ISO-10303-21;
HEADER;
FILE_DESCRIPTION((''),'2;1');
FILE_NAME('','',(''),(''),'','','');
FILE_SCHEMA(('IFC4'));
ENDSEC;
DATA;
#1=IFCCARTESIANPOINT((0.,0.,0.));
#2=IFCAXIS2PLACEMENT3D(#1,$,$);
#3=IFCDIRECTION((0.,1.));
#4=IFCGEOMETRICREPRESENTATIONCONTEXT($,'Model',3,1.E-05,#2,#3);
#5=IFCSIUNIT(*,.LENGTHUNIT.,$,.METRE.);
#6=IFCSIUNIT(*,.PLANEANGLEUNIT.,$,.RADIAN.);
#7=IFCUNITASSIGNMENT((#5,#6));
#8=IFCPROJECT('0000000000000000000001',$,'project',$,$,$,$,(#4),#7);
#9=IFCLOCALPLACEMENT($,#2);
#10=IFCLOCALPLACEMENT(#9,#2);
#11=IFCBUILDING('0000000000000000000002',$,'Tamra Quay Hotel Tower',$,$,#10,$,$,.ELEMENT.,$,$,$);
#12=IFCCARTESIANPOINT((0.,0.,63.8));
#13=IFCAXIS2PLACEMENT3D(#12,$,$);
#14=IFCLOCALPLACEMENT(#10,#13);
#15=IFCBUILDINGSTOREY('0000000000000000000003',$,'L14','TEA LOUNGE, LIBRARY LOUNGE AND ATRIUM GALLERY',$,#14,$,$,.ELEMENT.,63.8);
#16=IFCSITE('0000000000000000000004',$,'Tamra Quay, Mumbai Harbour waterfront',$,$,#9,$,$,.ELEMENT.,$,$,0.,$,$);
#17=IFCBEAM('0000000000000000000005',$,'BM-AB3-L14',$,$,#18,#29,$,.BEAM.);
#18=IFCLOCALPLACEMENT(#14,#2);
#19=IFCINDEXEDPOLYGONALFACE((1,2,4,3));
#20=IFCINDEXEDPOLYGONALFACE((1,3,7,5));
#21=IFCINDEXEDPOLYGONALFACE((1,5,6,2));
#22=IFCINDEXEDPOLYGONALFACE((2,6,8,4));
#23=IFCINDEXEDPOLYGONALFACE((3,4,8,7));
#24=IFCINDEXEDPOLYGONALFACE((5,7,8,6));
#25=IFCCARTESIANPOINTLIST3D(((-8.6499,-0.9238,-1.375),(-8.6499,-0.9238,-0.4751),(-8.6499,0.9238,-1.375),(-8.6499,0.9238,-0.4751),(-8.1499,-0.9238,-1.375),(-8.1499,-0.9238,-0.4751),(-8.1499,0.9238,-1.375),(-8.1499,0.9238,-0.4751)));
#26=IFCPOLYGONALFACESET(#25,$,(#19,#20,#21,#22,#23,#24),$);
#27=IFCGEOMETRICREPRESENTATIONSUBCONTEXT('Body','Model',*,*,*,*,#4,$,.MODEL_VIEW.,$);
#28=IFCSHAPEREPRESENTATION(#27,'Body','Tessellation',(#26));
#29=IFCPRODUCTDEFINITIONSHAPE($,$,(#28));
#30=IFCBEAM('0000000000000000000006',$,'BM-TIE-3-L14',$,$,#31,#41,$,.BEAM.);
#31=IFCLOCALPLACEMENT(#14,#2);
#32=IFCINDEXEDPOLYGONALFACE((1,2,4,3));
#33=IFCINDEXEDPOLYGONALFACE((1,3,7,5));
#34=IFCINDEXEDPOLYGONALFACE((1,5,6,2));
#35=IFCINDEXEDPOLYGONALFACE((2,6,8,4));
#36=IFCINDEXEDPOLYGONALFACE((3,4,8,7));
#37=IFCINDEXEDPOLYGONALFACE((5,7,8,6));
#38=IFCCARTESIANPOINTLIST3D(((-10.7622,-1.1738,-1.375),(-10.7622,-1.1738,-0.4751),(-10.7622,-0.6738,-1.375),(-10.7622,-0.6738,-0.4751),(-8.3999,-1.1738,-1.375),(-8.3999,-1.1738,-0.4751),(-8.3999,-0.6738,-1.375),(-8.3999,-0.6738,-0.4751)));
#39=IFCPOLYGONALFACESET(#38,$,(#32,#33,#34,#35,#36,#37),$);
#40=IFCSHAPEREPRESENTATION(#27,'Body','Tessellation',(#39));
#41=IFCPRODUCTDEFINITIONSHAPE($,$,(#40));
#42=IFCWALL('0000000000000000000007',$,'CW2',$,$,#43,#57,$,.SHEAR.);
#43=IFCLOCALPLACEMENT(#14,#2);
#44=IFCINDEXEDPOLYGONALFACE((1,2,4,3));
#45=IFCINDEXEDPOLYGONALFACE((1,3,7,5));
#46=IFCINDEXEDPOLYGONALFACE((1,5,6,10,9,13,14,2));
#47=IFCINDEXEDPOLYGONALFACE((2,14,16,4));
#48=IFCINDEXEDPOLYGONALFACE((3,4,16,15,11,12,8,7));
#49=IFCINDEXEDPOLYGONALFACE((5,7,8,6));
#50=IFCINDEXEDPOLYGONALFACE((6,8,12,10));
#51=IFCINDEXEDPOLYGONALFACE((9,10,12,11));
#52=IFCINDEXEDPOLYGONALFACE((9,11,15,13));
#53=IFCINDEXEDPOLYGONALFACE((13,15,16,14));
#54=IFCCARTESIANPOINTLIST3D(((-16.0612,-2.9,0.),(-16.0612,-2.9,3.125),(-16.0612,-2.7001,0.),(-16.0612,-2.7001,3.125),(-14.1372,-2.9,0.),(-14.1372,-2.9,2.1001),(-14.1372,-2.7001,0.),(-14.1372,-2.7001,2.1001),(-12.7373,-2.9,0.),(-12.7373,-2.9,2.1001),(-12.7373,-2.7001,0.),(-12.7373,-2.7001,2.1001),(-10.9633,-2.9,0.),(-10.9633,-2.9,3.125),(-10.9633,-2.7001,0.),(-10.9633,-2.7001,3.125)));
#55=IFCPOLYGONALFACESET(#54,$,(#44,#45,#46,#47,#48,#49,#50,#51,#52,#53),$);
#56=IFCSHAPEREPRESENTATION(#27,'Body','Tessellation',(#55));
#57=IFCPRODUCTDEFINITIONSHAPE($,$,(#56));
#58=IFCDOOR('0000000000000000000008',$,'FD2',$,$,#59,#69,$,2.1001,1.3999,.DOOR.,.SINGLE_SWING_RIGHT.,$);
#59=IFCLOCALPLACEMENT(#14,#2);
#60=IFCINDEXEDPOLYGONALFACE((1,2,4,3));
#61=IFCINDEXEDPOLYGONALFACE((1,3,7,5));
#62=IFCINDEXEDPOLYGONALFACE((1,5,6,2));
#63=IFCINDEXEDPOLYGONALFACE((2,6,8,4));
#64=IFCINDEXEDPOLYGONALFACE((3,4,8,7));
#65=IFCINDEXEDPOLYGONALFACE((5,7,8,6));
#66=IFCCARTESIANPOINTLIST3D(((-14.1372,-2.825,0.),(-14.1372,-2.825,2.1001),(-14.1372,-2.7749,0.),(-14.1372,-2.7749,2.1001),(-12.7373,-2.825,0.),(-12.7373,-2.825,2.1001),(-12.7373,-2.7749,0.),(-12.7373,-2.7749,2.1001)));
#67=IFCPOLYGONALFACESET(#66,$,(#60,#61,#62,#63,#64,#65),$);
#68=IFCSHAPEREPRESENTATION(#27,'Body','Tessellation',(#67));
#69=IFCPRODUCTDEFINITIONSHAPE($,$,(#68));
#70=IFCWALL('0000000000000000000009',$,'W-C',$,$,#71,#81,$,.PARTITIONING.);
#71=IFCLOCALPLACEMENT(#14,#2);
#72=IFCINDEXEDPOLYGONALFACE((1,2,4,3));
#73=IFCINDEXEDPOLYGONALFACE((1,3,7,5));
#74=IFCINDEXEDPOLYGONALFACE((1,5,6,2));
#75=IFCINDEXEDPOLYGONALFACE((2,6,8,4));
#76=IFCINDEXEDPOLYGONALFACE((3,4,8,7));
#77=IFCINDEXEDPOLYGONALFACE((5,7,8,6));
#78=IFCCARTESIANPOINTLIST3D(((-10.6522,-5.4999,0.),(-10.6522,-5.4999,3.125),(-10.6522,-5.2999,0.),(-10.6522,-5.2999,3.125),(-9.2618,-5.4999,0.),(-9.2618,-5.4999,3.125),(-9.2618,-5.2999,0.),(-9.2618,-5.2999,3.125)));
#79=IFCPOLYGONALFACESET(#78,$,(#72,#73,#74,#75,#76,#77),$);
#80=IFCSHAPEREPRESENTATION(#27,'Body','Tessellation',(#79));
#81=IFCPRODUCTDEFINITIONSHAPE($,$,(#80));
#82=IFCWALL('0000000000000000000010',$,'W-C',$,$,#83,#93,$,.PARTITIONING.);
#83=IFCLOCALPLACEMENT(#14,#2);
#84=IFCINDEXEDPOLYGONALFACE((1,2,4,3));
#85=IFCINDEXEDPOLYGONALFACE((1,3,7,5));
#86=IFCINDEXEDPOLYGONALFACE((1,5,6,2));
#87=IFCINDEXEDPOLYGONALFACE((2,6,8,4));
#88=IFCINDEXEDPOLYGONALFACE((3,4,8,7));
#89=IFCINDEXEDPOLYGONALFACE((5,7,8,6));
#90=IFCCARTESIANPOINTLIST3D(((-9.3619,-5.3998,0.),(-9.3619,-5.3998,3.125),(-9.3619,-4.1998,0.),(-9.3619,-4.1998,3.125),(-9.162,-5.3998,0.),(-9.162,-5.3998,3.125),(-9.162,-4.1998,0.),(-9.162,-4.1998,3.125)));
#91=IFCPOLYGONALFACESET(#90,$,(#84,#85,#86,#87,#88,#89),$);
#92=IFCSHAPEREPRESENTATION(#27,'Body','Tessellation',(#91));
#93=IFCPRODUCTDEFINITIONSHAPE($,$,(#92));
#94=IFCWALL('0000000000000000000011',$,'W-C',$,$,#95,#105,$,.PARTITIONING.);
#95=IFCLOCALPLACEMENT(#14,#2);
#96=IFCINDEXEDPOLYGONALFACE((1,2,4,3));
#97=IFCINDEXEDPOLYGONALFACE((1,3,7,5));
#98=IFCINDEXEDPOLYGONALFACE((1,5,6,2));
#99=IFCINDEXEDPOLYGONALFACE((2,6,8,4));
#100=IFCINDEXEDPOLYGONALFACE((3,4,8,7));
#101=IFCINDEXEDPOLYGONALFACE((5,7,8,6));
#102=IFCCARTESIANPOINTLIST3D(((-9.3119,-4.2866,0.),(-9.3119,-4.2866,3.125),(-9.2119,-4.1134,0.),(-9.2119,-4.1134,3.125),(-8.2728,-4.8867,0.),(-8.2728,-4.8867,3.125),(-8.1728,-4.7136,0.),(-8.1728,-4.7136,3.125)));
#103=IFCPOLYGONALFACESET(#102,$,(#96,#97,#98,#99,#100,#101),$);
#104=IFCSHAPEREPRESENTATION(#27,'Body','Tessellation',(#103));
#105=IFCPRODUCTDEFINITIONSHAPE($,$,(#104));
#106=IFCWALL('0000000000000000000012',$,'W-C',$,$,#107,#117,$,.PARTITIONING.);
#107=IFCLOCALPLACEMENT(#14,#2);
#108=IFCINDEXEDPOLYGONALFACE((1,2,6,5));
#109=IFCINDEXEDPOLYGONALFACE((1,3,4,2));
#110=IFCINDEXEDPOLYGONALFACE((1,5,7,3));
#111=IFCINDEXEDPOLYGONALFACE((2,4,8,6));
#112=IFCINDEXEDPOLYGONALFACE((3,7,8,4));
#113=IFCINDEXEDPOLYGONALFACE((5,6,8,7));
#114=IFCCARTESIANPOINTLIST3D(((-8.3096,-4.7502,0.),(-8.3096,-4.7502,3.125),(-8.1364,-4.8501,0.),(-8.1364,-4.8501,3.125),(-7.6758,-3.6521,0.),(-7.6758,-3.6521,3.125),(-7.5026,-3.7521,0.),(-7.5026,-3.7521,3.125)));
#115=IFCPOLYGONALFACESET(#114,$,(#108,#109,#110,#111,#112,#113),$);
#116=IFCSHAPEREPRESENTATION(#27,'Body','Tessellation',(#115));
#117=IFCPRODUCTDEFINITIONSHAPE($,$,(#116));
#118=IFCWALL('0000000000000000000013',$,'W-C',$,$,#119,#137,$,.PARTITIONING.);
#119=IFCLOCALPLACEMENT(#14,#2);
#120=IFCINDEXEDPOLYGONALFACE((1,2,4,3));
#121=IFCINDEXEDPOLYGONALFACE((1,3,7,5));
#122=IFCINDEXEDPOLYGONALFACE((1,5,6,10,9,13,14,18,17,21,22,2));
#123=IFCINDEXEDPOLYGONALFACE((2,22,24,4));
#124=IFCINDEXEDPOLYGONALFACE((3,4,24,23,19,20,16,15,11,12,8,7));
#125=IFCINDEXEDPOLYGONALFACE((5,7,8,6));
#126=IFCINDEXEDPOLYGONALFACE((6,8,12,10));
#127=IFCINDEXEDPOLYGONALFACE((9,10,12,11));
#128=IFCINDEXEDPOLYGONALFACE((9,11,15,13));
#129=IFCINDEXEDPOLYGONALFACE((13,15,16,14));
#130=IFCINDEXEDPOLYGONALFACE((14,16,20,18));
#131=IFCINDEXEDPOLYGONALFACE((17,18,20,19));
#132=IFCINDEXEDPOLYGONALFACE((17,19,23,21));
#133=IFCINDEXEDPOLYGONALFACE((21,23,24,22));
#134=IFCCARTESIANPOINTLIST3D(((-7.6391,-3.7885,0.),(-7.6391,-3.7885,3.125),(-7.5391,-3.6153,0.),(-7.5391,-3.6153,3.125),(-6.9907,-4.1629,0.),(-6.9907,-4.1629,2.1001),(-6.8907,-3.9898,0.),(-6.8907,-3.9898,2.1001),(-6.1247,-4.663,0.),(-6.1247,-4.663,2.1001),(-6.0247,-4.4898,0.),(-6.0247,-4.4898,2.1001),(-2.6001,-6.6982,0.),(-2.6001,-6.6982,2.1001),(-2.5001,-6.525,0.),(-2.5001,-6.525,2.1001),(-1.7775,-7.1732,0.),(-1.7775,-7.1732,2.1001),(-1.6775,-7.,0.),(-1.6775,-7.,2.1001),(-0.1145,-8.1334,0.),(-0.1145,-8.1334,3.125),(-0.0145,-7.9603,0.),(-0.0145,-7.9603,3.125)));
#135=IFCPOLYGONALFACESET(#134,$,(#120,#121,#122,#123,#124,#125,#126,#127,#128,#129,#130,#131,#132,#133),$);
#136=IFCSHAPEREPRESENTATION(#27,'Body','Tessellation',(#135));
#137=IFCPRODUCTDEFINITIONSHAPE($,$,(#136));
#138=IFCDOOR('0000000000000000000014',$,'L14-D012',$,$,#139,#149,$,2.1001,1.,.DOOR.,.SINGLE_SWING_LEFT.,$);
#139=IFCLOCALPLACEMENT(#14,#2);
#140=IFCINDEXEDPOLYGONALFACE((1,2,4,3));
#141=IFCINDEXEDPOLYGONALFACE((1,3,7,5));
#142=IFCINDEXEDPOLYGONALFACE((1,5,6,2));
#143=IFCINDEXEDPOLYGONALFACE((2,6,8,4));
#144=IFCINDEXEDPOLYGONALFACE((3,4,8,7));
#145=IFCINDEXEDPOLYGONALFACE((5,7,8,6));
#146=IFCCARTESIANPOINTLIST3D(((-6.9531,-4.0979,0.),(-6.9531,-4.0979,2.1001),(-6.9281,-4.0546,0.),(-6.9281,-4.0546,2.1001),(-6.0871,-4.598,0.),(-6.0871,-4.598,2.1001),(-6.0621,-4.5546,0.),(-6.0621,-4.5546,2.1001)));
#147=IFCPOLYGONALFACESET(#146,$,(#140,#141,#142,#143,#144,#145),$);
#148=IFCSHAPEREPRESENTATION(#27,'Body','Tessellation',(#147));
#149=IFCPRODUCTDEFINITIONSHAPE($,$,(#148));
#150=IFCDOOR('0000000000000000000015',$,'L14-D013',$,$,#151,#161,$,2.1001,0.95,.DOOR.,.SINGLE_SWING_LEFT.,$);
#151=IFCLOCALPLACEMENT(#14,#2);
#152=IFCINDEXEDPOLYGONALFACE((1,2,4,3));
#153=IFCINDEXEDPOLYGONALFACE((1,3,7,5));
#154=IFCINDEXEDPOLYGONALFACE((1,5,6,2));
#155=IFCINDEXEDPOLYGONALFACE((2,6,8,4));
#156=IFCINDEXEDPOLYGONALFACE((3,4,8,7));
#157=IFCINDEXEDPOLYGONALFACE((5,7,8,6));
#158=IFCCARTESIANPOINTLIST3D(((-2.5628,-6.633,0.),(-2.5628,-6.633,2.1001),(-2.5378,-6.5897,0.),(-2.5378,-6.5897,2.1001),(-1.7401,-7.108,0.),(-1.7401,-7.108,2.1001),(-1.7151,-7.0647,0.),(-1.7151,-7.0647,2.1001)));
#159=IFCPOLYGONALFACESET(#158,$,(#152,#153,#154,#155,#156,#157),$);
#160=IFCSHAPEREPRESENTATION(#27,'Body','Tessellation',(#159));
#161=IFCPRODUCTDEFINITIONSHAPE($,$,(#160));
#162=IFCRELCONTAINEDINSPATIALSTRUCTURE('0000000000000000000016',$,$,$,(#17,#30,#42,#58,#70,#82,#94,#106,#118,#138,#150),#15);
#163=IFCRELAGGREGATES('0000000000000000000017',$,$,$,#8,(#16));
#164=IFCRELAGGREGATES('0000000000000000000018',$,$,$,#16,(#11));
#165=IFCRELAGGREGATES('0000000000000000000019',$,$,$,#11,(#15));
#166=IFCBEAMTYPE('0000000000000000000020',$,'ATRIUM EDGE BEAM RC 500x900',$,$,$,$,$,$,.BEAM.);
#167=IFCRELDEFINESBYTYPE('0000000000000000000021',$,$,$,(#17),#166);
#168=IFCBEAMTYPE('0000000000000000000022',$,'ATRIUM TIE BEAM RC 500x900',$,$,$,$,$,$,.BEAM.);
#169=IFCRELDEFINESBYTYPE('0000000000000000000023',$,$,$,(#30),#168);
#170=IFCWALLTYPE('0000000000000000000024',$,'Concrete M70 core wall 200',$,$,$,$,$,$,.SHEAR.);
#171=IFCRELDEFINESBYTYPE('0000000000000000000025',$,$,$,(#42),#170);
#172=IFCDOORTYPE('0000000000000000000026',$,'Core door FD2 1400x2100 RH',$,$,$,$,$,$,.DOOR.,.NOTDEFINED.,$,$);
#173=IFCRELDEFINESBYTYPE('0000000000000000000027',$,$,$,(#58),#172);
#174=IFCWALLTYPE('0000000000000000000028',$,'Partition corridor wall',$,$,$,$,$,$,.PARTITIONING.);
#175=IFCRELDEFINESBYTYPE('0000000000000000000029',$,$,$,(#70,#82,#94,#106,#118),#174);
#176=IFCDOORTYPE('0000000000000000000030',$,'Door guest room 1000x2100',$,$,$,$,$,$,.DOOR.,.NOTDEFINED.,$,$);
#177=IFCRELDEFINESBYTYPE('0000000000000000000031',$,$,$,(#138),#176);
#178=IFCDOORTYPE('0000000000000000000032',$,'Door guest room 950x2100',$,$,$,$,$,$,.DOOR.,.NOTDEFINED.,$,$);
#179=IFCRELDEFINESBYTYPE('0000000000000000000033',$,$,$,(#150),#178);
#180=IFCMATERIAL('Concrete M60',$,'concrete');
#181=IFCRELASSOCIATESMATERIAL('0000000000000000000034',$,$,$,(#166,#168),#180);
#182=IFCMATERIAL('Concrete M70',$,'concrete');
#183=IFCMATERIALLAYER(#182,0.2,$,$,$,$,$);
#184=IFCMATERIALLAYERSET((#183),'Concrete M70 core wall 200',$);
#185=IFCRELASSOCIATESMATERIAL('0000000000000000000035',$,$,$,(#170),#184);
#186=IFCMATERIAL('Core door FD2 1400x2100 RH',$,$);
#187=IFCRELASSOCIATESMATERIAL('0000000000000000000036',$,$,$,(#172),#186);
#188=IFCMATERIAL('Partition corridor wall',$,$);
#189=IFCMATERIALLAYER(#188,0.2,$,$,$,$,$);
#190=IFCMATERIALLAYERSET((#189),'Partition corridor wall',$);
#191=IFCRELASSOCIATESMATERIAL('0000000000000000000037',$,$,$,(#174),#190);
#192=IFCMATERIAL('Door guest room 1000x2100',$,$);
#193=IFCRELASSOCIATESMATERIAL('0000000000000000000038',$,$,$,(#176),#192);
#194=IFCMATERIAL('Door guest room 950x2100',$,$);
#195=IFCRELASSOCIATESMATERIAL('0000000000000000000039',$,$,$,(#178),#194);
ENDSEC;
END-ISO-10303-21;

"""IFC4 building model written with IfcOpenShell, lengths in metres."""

from ifc_helpers import new_model, si_unit, direction, frame, frame_2d, origin, origin_2d, place, context, subcontext, project, spatial, rectangle, extrude, material, layer, layer_set, material_profile, profile_set, type_object, element, fill, save


model = new_model("IFC4")

# Units and contexts
model_context = context("Model", 3, precision=1e-05, world=origin(), true_north=direction((0.0, 1.0)))
body_context = subcontext(model_context, "Body", "Model", "MODEL_VIEW")
ifc_project = project(units=[si_unit("LENGTHUNIT", "METRE"), si_unit("PLANEANGLEUNIT", "RADIAN")], contexts=[model_context])

# Site, building, storey
site_placement = place(None, origin())
site = spatial("IfcSite", under=ifc_project, at=site_placement, Name="Tamra Quay, Mumbai Harbour waterfront", CompositionType="ELEMENT", RefElevation=0.0)
building_placement = place(site_placement, origin())
building = spatial("IfcBuilding", under=site, at=building_placement, Name="Tamra Quay Hotel Tower", CompositionType="ELEMENT")
storey_placement = place(building_placement, frame((0.0, 0.0, 63.8)))
storey = spatial("IfcBuildingStorey", under=building, at=storey_placement, Name="L14", Description="TEA LOUNGE, LIBRARY LOUNGE AND ATRIUM GALLERY", CompositionType="ELEMENT", Elevation=63.8)

# Beams
ifc_material_1 = material(Name="Concrete M60", Category="concrete")
ifc_material_profile_1 = material_profile(ifc_material_1, rectangle(XDim=0.5, YDim=0.8999, at=origin_2d()), Name="ATRIUM EDGE BEAM RC 500x900")
ifc_profile_set_1 = profile_set([ifc_material_profile_1], Name="Concrete M60")
beam_type_1 = type_object("IfcBeamType", Name="ATRIUM EDGE BEAM RC 500x900", PredefinedType="BEAM", material=ifc_profile_set_1)
beam_1_placement = place(storey_placement, frame((-8.3999, -0.9238, -0.925), z_axis=(0.0, 1.0, 0.0), x_axis=(-1.0, 0.0, 0.0)))
element("IfcBeam", 1, at=beam_1_placement, inside=storey, type_object=beam_type_1, Name="BM-AB3-L14", PredefinedType="BEAM", context=body_context, shape_type="SweptSolid", body=[
    extrude(rectangle(XDim=0.5, YDim=0.8999, at=origin_2d()), origin(), (0.0, 0.0, 1.0), 1.8477),
])
ifc_material_profile_2 = material_profile(ifc_material_1, rectangle(XDim=0.5, YDim=0.8999, at=origin_2d()), Name="ATRIUM TIE BEAM RC 500x900")
ifc_profile_set_2 = profile_set([ifc_material_profile_2], Name="Concrete M60")
beam_type_2 = type_object("IfcBeamType", Name="ATRIUM TIE BEAM RC 500x900", PredefinedType="BEAM", material=ifc_profile_set_2)
beam_2_placement = place(storey_placement, frame((-8.3999, -0.9238, -0.925), z_axis=(-1.0, 0.0, 0.0), x_axis=(0.0, -1.0, 0.0)))
element("IfcBeam", 2, at=beam_2_placement, inside=storey, type_object=beam_type_2, Name="BM-TIE-3-L14", PredefinedType="BEAM", context=body_context, shape_type="SweptSolid", body=[
    extrude(rectangle(XDim=0.5, YDim=0.8999, at=origin_2d()), origin(), (0.0, 0.0, 1.0), 2.3623),
])

# Wall, opening, door
ifc_material_2 = material(Name="Concrete M70", Category="concrete")
ifc_layer_1 = layer(ifc_material_2, 0.2)
ifc_layer_set_1 = layer_set([ifc_layer_1], Name="Concrete M70 core wall 200")
wall_type_1 = type_object("IfcWallType", Name="Concrete M70 core wall 200", PredefinedType="SHEAR", material=ifc_layer_set_1)
wall_1_placement = place(storey_placement, frame((-10.9634, -2.8, 0.0), z_axis=(0.0, 0.0, 1.0), x_axis=(-1.0, 0.0, 0.0)))
wall_1 = element("IfcWall", 3, at=wall_1_placement, inside=storey, type_object=wall_type_1, Name="CW2", PredefinedType="SHEAR", context=body_context, shape_type="SweptSolid", body=[
    extrude(rectangle(XDim=5.0979, YDim=0.2, at=frame_2d((2.5488, 0.0))), origin(), (0.0, 0.0, 1.0), 3.125),
])
opening_1_placement = place(wall_1_placement, frame((1.7739, 0.0, 0.0)))
opening_1 = element("IfcOpeningElement", 4, at=opening_1_placement, cuts=wall_1, PredefinedType="OPENING", context=body_context, shape_type="SweptSolid", body=[
    extrude(rectangle(XDim=1.3999, YDim=2.1001, at=frame_2d((0.7, 1.05))), frame((0.0, 0.1099, 0.0), z_axis=(0.0, -1.0, 0.0), x_axis=(1.0, 0.0, 0.0)), (0.0, 0.0, 1.0), 0.22),
])
ifc_material_3 = material(Name="Core door FD2 1400x2100 RH")
door_type_1 = type_object("IfcDoorType", Name="Core door FD2 1400x2100 RH", OperationType="NOTDEFINED", PredefinedType="DOOR", material=ifc_material_3)
door_1_placement = place(opening_1_placement, origin())
door_1 = element("IfcDoor", 5, at=door_1_placement, inside=storey, type_object=door_type_1, Name="FD2", OperationType="SINGLE_SWING_RIGHT", OverallHeight=2.1001, OverallWidth=1.3999, PredefinedType="DOOR", context=body_context, shape_type="SweptSolid", body=[
    extrude(rectangle(XDim=1.3999, YDim=2.1001, at=frame_2d((0.7, 1.05))), frame((0.0, 0.0249, 0.0), z_axis=(0.0, -1.0, 0.0), x_axis=(1.0, 0.0, 0.0)), (0.0, 0.0, 1.0), 0.05),
])
fill(opening_1, door_1)

# Walls
ifc_material_4 = material(Name="Partition corridor wall")
ifc_layer_2 = layer(ifc_material_4, 0.2)
ifc_layer_set_2 = layer_set([ifc_layer_2], Name="Partition corridor wall")
wall_type_2 = type_object("IfcWallType", Name="Partition corridor wall", PredefinedType="PARTITIONING", material=ifc_layer_set_2)
wall_2_placement = place(storey_placement, frame((-10.6523, -5.3999, 0.0), z_axis=(0.0, 0.0, 1.0), x_axis=(1.0, 0.0, 0.0)))
element("IfcWall", 6, at=wall_2_placement, inside=storey, type_object=wall_type_2, Name="W-C", PredefinedType="PARTITIONING", context=body_context, shape_type="SweptSolid", body=[
    extrude(rectangle(XDim=1.3904, YDim=0.2, at=frame_2d((0.6953, 0.0))), origin(), (0.0, 0.0, 1.0), 3.125),
])
for number, where, z_axis, x_axis, name in (
    (7, (-9.262, -5.3999, 0.0), (0.0, 0.0, 1.0), (0.0, 1.0, 0.0), "W-C"),
    (8, (-9.262, -4.2, 0.0), (0.0, 0.0, 1.0), (0.865955, -0.500122, 0.0), "W-C"),
):
    element("IfcWall", number, at=place(storey_placement, frame(where, z_axis=z_axis, x_axis=x_axis)), inside=storey, type_object=wall_type_2, Name=name, PredefinedType="PARTITIONING", context=body_context, shape_type="SweptSolid", body=[
        extrude(rectangle(XDim=1.2, YDim=0.2, at=frame_2d((0.6001, 0.0))), origin(), (0.0, 0.0, 1.0), 3.125),
    ])
wall_3_placement = place(storey_placement, frame((-8.2229, -4.8, 0.0), z_axis=(0.0, 0.0, 1.0), x_axis=(0.499867, 0.866102, 0.0)))
element("IfcWall", 9, at=wall_3_placement, inside=storey, type_object=wall_type_2, Name="W-C", PredefinedType="PARTITIONING", context=body_context, shape_type="SweptSolid", body=[
    extrude(rectangle(XDim=1.2678, YDim=0.2, at=frame_2d((0.6338, 0.0))), origin(), (0.0, 0.0, 1.0), 3.125),
])

# Wall, openings, doors
wall_4_placement = place(storey_placement, frame((-7.5891, -3.7019, 0.0), z_axis=(0.0, 0.0, 1.0), x_axis=(0.865995, -0.500052, 0.0)))
wall_4 = element("IfcWall", 10, at=wall_4_placement, inside=storey, type_object=wall_type_2, Name="W-C", PredefinedType="PARTITIONING", context=body_context, shape_type="SweptSolid", body=[
    extrude(rectangle(XDim=8.689, YDim=0.2, at=frame_2d((4.3445, 0.0))), origin(), (0.0, 0.0, 1.0), 3.125),
])
opening_2_placement = place(wall_4_placement, frame((0.7488, 0.0, 0.0)))
opening_2 = element("IfcOpeningElement", 11, at=opening_2_placement, cuts=wall_4, PredefinedType="OPENING", context=body_context, shape_type="SweptSolid", body=[
    extrude(rectangle(XDim=1.0, YDim=2.1001, at=frame_2d((0.5, 1.05))), frame((0.0, 0.1099, 0.0), z_axis=(0.0, -1.0, 0.0), x_axis=(1.0, 0.0, 0.0)), (0.0, 0.0, 1.0), 0.22),
])
opening_3_placement = place(wall_4_placement, frame((5.8186, 0.0, 0.0)))
opening_3 = element("IfcOpeningElement", 12, at=opening_3_placement, cuts=wall_4, PredefinedType="OPENING", context=body_context, shape_type="SweptSolid", body=[
    extrude(rectangle(XDim=0.95, YDim=2.1001, at=frame_2d((0.4751, 1.05))), frame((0.0, 0.1099, 0.0), z_axis=(0.0, -1.0, 0.0), x_axis=(1.0, 0.0, 0.0)), (0.0, 0.0, 1.0), 0.22),
])
ifc_material_5 = material(Name="Door guest room 1000x2100")
door_type_2 = type_object("IfcDoorType", Name="Door guest room 1000x2100", OperationType="NOTDEFINED", PredefinedType="DOOR", material=ifc_material_5)
door_2_placement = place(opening_2_placement, frame((1.0, 0.0, 0.0), z_axis=(0.0, 0.0, 1.0), x_axis=(-1.0, 0.0, 0.0)))
door_2 = element("IfcDoor", 13, at=door_2_placement, inside=storey, type_object=door_type_2, Name="L14-D012", OperationType="SINGLE_SWING_LEFT", OverallHeight=2.1001, OverallWidth=1.0, PredefinedType="DOOR", context=body_context, shape_type="SweptSolid", body=[
    extrude(rectangle(XDim=1.0, YDim=2.1001, at=frame_2d((0.5, 1.05))), frame((0.0, 0.0249, 0.0), z_axis=(0.0, -1.0, 0.0), x_axis=(1.0, 0.0, 0.0)), (0.0, 0.0, 1.0), 0.05),
])
fill(opening_2, door_2)
ifc_material_6 = material(Name="Door guest room 950x2100")
door_type_3 = type_object("IfcDoorType", Name="Door guest room 950x2100", OperationType="NOTDEFINED", PredefinedType="DOOR", material=ifc_material_6)
door_3_placement = place(opening_3_placement, frame((0.95, 0.0, 0.0), z_axis=(0.0, 0.0, 1.0), x_axis=(-1.0, 0.0, 0.0)))
door_3 = element("IfcDoor", 14, at=door_3_placement, inside=storey, type_object=door_type_3, Name="L14-D013", OperationType="SINGLE_SWING_LEFT", OverallHeight=2.1001, OverallWidth=0.95, PredefinedType="DOOR", context=body_context, shape_type="SweptSolid", body=[
    extrude(rectangle(XDim=0.95, YDim=2.1001, at=frame_2d((0.4751, 1.05))), frame((0.0, 0.0249, 0.0), z_axis=(0.0, -1.0, 0.0), x_axis=(1.0, 0.0, 0.0)), (0.0, 0.0, 1.0), 0.05),
])
fill(opening_3, door_3)

save(model, "model.ifc")
